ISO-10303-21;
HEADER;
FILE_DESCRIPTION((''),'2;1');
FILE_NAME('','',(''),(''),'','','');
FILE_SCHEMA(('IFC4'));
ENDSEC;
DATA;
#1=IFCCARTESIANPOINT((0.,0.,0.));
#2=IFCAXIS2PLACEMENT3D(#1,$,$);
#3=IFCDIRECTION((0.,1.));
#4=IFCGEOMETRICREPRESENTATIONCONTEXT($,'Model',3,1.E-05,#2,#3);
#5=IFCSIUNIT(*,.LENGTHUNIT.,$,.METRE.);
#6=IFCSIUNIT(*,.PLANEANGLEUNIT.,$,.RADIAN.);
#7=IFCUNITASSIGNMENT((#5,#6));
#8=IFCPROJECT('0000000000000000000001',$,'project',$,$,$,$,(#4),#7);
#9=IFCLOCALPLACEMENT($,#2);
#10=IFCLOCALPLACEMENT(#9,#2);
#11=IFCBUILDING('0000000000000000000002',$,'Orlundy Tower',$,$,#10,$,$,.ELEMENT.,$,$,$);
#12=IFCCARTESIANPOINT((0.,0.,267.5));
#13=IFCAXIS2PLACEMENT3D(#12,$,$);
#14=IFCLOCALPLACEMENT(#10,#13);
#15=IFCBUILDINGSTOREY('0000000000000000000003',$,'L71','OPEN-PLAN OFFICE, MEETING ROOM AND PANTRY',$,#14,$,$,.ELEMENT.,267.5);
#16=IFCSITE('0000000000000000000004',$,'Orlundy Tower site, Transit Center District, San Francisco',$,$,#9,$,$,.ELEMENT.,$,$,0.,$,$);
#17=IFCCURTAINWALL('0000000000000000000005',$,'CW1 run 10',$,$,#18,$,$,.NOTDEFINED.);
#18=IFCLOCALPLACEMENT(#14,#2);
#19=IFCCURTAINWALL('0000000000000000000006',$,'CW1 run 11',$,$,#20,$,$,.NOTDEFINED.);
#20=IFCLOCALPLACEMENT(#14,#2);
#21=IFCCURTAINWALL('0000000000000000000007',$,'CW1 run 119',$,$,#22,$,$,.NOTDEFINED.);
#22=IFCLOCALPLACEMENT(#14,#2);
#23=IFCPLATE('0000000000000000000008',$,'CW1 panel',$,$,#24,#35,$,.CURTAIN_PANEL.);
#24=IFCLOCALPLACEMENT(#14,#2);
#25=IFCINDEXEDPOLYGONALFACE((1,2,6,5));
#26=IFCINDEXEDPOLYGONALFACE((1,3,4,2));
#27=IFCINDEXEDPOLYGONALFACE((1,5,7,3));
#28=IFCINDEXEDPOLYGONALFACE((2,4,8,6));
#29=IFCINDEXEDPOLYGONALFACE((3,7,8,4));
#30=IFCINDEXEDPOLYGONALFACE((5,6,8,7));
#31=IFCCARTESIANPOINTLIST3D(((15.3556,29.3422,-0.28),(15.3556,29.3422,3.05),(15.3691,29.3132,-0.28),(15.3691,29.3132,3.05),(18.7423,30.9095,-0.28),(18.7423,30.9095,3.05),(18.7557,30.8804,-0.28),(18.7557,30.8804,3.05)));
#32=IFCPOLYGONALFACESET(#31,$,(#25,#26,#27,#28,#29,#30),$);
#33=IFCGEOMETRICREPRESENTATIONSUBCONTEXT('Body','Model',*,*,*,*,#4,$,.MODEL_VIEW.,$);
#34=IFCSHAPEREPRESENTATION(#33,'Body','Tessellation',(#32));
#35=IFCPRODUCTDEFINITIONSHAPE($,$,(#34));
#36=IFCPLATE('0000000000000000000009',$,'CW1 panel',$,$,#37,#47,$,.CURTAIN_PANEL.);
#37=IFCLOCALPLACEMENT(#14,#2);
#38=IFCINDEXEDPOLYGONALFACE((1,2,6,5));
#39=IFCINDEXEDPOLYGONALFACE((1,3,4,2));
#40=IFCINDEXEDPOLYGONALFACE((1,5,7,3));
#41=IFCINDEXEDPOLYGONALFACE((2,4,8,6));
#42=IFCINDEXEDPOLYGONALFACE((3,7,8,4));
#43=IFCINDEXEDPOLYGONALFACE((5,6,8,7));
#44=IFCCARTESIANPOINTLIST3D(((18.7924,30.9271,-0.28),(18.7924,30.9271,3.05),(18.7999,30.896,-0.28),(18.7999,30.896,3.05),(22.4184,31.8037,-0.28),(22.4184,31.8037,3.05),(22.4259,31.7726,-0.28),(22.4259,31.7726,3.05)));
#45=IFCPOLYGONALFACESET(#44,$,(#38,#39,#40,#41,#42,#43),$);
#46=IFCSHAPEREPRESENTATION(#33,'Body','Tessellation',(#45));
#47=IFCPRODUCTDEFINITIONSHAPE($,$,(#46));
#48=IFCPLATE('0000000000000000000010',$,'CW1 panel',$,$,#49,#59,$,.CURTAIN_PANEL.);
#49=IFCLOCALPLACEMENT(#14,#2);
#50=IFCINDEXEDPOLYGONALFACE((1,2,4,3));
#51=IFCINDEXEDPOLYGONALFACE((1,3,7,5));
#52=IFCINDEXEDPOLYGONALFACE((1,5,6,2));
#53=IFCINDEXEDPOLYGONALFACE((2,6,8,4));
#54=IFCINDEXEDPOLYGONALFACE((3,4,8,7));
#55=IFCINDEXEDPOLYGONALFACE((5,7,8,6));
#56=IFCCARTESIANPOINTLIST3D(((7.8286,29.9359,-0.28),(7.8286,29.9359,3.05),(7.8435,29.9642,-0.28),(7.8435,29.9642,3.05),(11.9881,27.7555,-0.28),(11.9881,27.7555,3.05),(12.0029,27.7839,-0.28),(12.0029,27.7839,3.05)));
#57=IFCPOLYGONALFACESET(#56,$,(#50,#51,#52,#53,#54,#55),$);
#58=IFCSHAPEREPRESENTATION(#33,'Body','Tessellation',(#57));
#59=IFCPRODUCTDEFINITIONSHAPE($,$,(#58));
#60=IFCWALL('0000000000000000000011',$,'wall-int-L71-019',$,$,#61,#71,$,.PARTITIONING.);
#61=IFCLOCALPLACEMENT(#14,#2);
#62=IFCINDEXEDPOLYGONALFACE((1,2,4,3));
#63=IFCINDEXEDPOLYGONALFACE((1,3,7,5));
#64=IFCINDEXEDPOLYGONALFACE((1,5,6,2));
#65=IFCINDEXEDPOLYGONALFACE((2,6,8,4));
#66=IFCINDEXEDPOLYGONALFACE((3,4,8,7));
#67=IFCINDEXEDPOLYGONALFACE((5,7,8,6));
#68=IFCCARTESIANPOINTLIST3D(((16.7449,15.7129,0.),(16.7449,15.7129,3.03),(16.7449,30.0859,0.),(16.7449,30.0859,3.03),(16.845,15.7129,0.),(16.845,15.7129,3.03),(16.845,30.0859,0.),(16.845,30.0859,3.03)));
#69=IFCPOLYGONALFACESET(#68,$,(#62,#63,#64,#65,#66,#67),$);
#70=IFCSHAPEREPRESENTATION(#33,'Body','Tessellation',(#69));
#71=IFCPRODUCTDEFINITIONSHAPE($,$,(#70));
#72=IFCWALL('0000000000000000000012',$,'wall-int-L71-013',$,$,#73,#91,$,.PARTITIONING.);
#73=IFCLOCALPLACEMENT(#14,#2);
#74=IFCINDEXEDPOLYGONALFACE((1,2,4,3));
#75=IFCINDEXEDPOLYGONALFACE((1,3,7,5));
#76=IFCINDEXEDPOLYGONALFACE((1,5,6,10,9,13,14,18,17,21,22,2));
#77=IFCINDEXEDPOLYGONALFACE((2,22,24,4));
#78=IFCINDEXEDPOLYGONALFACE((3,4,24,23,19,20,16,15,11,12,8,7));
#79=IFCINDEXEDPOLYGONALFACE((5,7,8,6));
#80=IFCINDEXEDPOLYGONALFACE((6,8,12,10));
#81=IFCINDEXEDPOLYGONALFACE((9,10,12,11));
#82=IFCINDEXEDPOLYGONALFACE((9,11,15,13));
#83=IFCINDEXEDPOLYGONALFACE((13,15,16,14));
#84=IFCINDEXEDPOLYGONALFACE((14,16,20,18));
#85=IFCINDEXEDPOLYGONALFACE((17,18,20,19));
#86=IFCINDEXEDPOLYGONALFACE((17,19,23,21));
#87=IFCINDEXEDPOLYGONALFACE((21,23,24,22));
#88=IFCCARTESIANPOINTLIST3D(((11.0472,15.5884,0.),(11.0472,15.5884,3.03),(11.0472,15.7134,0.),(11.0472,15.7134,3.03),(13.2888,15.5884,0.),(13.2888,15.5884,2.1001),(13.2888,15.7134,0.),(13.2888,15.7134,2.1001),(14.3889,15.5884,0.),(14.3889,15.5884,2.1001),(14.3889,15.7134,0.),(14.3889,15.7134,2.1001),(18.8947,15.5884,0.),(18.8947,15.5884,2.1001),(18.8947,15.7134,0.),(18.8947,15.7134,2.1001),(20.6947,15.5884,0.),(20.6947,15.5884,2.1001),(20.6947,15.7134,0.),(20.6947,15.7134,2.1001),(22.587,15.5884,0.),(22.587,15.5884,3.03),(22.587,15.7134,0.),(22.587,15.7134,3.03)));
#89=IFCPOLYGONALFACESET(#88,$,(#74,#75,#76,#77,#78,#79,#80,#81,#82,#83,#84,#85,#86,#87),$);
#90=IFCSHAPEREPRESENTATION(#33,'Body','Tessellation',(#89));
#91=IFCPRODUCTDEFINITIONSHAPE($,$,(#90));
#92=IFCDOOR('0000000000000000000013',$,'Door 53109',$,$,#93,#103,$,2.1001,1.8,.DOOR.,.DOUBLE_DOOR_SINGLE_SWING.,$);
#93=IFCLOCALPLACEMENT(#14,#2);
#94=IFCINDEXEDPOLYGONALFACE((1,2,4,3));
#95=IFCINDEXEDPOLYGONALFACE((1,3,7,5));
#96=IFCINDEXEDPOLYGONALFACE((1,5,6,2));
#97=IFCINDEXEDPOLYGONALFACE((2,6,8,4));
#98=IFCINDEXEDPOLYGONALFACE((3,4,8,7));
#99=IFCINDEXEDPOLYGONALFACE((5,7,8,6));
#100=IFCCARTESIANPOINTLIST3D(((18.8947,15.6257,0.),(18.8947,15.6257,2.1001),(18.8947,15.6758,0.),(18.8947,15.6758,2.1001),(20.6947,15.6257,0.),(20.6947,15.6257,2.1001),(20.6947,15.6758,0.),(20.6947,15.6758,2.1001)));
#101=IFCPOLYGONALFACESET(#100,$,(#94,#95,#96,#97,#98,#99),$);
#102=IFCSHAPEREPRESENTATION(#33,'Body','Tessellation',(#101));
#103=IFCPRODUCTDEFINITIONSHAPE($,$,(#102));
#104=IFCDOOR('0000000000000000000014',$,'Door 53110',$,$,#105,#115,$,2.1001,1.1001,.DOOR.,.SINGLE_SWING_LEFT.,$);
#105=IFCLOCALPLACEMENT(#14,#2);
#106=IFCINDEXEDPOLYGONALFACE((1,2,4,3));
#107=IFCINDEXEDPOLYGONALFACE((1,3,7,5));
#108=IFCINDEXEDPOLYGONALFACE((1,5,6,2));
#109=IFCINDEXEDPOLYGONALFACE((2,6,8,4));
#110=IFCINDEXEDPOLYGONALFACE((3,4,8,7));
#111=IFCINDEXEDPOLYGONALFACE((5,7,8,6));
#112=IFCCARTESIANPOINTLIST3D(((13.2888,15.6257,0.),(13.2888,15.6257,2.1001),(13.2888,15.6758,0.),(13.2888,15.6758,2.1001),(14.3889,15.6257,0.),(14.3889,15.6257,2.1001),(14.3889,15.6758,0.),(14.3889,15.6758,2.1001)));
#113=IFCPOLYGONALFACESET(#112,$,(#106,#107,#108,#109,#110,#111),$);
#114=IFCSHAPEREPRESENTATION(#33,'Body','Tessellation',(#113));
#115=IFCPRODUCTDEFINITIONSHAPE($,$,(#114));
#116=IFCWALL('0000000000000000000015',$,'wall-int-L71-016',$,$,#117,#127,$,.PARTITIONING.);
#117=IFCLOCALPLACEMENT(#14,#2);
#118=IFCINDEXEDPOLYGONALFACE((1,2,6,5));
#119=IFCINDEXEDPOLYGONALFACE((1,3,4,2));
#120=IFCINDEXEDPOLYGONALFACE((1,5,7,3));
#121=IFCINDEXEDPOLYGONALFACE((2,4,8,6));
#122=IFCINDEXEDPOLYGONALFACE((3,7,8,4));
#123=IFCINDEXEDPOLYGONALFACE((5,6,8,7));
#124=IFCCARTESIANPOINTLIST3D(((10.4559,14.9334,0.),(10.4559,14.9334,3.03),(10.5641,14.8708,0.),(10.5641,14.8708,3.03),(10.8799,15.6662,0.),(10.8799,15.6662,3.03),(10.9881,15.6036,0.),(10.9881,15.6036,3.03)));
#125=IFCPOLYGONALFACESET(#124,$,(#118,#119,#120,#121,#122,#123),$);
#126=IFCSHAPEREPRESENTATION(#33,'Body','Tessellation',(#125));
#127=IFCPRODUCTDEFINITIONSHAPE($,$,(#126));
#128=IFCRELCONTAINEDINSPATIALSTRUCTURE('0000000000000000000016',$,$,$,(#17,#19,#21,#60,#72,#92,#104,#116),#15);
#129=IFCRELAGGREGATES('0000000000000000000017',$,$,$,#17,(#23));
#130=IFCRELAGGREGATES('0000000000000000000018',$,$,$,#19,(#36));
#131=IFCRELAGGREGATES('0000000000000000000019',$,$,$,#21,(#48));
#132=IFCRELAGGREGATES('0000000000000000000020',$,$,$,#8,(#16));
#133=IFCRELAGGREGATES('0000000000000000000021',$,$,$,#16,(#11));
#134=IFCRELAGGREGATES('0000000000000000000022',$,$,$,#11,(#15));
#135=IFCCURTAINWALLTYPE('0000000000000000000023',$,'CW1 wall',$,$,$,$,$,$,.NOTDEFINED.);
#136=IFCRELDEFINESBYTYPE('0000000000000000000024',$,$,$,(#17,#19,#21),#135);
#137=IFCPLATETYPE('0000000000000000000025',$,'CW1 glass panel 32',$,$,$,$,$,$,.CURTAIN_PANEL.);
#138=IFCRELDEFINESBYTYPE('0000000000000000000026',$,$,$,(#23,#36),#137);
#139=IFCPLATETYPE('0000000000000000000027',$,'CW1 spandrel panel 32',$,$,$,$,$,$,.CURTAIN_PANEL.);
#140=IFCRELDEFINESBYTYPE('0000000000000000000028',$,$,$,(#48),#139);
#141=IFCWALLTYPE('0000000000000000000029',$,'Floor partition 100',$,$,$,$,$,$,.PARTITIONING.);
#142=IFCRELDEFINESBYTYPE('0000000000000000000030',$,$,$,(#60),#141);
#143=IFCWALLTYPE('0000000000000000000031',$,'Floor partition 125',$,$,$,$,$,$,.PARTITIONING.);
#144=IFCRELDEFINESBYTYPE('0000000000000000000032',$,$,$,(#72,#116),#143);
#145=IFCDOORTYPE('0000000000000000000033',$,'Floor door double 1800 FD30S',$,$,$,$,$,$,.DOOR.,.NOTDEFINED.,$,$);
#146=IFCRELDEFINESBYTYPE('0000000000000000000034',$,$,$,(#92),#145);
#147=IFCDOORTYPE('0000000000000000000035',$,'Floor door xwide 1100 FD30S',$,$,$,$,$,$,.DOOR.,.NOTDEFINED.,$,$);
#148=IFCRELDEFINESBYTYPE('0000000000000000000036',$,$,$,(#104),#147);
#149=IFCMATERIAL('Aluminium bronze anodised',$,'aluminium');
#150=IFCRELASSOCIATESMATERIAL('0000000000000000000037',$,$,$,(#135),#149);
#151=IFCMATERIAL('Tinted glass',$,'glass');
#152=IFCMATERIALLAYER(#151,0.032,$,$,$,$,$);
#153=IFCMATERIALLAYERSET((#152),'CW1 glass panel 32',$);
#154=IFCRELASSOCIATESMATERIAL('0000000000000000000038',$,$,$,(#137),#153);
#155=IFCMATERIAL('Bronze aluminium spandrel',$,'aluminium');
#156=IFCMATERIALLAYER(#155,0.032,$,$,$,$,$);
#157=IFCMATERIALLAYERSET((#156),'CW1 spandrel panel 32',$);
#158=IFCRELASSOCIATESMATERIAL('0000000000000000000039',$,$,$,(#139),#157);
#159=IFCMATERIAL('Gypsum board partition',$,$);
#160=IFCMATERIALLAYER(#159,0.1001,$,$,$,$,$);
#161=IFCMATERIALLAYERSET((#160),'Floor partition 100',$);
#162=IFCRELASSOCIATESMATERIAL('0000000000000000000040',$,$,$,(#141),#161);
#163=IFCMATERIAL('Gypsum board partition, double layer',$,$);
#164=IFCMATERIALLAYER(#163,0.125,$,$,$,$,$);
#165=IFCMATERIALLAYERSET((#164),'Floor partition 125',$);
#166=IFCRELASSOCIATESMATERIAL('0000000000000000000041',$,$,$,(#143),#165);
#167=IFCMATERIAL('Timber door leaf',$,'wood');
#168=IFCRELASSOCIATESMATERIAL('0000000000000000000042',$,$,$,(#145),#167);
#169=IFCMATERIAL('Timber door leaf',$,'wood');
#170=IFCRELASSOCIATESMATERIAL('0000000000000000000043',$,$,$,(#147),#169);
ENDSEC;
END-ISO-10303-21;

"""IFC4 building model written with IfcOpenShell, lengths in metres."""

from ifc_helpers import new_model, si_unit, direction, frame, frame_2d, origin, origin_2d, place, context, subcontext, project, spatial, rectangle, extrude, material, layer, layer_set, type_object, element, fill, aggregate, save


model = new_model("IFC4")

# Units and contexts
model_context = context("Model", 3, precision=1e-05, world=origin(), true_north=direction((0.0, 1.0)))
body_context = subcontext(model_context, "Body", "Model", "MODEL_VIEW")
ifc_project = project(units=[si_unit("LENGTHUNIT", "METRE"), si_unit("PLANEANGLEUNIT", "RADIAN")], contexts=[model_context])

# Site, building, storey
site_placement = place(None, origin())
site = spatial("IfcSite", under=ifc_project, at=site_placement, Name="Orlundy Tower site, Transit Center District, San Francisco", CompositionType="ELEMENT", RefElevation=0.0)
building_placement = place(site_placement, origin())
building = spatial("IfcBuilding", under=site, at=building_placement, Name="Orlundy Tower", CompositionType="ELEMENT")
storey_placement = place(building_placement, frame((0.0, 0.0, 267.5)))
storey = spatial("IfcBuildingStorey", under=building, at=storey_placement, Name="L71", Description="OPEN-PLAN OFFICE, MEETING ROOM AND PANTRY", CompositionType="ELEMENT", Elevation=267.5)

# Curtain wall
ifc_material_1 = material(Name="Aluminium bronze anodised", Category="aluminium")
curtain_wall_type = type_object("IfcCurtainWallType", Name="CW1 wall", PredefinedType="NOTDEFINED", material=ifc_material_1)
curtain_wall_1_placement = place(storey_placement, origin())
curtain_wall_1 = element("IfcCurtainWall", 1, at=curtain_wall_1_placement, inside=storey, type_object=curtain_wall_type, Name="CW1 run 10", PredefinedType="NOTDEFINED")

# Curtain wall
curtain_wall_2_placement = place(storey_placement, origin())
curtain_wall_2 = element("IfcCurtainWall", 2, at=curtain_wall_2_placement, inside=storey, type_object=curtain_wall_type, Name="CW1 run 11", PredefinedType="NOTDEFINED")

# Curtain wall
curtain_wall_3_placement = place(storey_placement, origin())
curtain_wall_3 = element("IfcCurtainWall", 3, at=curtain_wall_3_placement, inside=storey, type_object=curtain_wall_type, Name="CW1 run 119", PredefinedType="NOTDEFINED")

# Plates
ifc_material_2 = material(Name="Tinted glass", Category="glass")
ifc_layer_1 = layer(ifc_material_2, 0.032)
ifc_layer_set_1 = layer_set([ifc_layer_1], Name="CW1 glass panel 32")
plate_type_1 = type_object("IfcPlateType", Name="CW1 glass panel 32", PredefinedType="CURTAIN_PANEL", material=ifc_layer_set_1)
plate_1_placement = place(storey_placement, frame((17.0557, 30.1113, -0.28), z_axis=(0.0, 0.0, 1.0), x_axis=(0.907535, 0.419976, 0.0)))
plate_1 = element("IfcPlate", 4, at=plate_1_placement, type_object=plate_type_1, Name="CW1 panel", PredefinedType="CURTAIN_PANEL", context=body_context, shape_type="SweptSolid", body=[
    extrude(rectangle(XDim=3.7317, YDim=0.032, at=origin_2d()), origin(), (0.0, 0.0, 1.0), 3.3301),
])
aggregate(curtain_wall_1, [plate_1])
plate_2_placement = place(storey_placement, frame((20.6091, 31.3499, -0.28), z_axis=(0.0, 0.0, 1.0), x_axis=(0.972002, 0.234975, 0.0)))
plate_2 = element("IfcPlate", 5, at=plate_2_placement, type_object=plate_type_1, Name="CW1 panel", PredefinedType="CURTAIN_PANEL", context=body_context, shape_type="SweptSolid", body=[
    extrude(rectangle(XDim=3.7305, YDim=0.032, at=origin_2d()), origin(), (0.0, 0.0, 1.0), 3.3301),
])
aggregate(curtain_wall_2, [plate_2])
ifc_material_3 = material(Name="Bronze aluminium spandrel", Category="aluminium")
ifc_layer_2 = layer(ifc_material_3, 0.032)
ifc_layer_set_2 = layer_set([ifc_layer_2], Name="CW1 spandrel panel 32")
plate_type_2 = type_object("IfcPlateType", Name="CW1 spandrel panel 32", PredefinedType="CURTAIN_PANEL", material=ifc_layer_set_2)
plate_3_placement = place(storey_placement, frame((9.9158, 28.8599, -0.28), z_axis=(0.0, 0.0, 1.0), x_axis=(0.885697, -0.464264, 0.0)))
plate_3 = element("IfcPlate", 6, at=plate_3_placement, type_object=plate_type_2, Name="CW1 panel", PredefinedType="CURTAIN_PANEL", context=body_context, shape_type="SweptSolid", body=[
    extrude(rectangle(XDim=4.6963, YDim=0.032, at=origin_2d()), origin(), (0.0, 0.0, 1.0), 3.3301),
])
aggregate(curtain_wall_3, [plate_3])

# Wall
ifc_material_4 = material(Name="Gypsum board partition")
ifc_layer_3 = layer(ifc_material_4, 0.1001)
ifc_layer_set_3 = layer_set([ifc_layer_3], Name="Floor partition 100")
wall_type_1 = type_object("IfcWallType", Name="Floor partition 100", PredefinedType="PARTITIONING", material=ifc_layer_set_3)
wall_1_placement = place(storey_placement, frame((16.7949, 15.7129, 0.0), z_axis=(0.0, 0.0, 1.0), x_axis=(0.0, 1.0, 0.0)))
element("IfcWall", 7, at=wall_1_placement, inside=storey, type_object=wall_type_1, Name="wall-int-L71-019", PredefinedType="PARTITIONING", context=body_context, shape_type="SweptSolid", body=[
    extrude(rectangle(XDim=14.373, YDim=0.1001, at=frame_2d((7.1865, 0.0))), origin(), (0.0, 0.0, 1.0), 3.03),
])

# Wall, openings, doors
ifc_material_5 = material(Name="Gypsum board partition, double layer")
ifc_layer_4 = layer(ifc_material_5, 0.125)
ifc_layer_set_4 = layer_set([ifc_layer_4], Name="Floor partition 125")
wall_type_2 = type_object("IfcWallType", Name="Floor partition 125", PredefinedType="PARTITIONING", material=ifc_layer_set_4)
wall_2_placement = place(storey_placement, frame((11.0471, 15.6509, 0.0), z_axis=(0.0, 0.0, 1.0), x_axis=(1.0, 0.0, 0.0)))
wall_2 = element("IfcWall", 8, at=wall_2_placement, inside=storey, type_object=wall_type_2, Name="wall-int-L71-013", PredefinedType="PARTITIONING", context=body_context, shape_type="SweptSolid", body=[
    extrude(rectangle(XDim=11.5398, YDim=0.125, at=frame_2d((5.77, 0.0))), origin(), (0.0, 0.0, 1.0), 3.03),
])
opening_1_placement = place(wall_2_placement, frame((7.8477, 0.0, 0.0)))
opening_1 = element("IfcOpeningElement", 9, at=opening_1_placement, cuts=wall_2, PredefinedType="OPENING", context=body_context, shape_type="SweptSolid", body=[
    extrude(rectangle(XDim=1.8, YDim=2.1001, at=frame_2d((0.8999, 1.05))), frame((0.0, 0.0725, 0.0), z_axis=(0.0, -1.0, 0.0), x_axis=(1.0, 0.0, 0.0)), (0.0, 0.0, 1.0), 0.145),
])
opening_2_placement = place(wall_2_placement, frame((2.2417, 0.0, 0.0)))
opening_2 = element("IfcOpeningElement", 10, at=opening_2_placement, cuts=wall_2, PredefinedType="OPENING", context=body_context, shape_type="SweptSolid", body=[
    extrude(rectangle(XDim=1.1001, YDim=2.1001, at=frame_2d((0.55, 1.05))), frame((0.0, 0.0725, 0.0), z_axis=(0.0, -1.0, 0.0), x_axis=(1.0, 0.0, 0.0)), (0.0, 0.0, 1.0), 0.145),
])
ifc_material_6 = material(Name="Timber door leaf", Category="wood")
door_type_1 = type_object("IfcDoorType", Name="Floor door double 1800 FD30S", OperationType="NOTDEFINED", PredefinedType="DOOR", material=ifc_material_6)
door_1_placement = place(opening_1_placement, origin())
door_1 = element("IfcDoor", 11, at=door_1_placement, inside=storey, type_object=door_type_1, Name="Door 53109", OperationType="DOUBLE_DOOR_SINGLE_SWING", OverallHeight=2.1001, OverallWidth=1.8, PredefinedType="DOOR", context=body_context, shape_type="SweptSolid", body=[
    extrude(rectangle(XDim=1.8, YDim=2.1001, at=frame_2d((0.8999, 1.05))), frame((0.0, 0.0249, 0.0), z_axis=(0.0, -1.0, 0.0), x_axis=(1.0, 0.0, 0.0)), (0.0, 0.0, 1.0), 0.05),
])
fill(opening_1, door_1)
ifc_material_7 = material(Name="Timber door leaf", Category="wood")
door_type_2 = type_object("IfcDoorType", Name="Floor door xwide 1100 FD30S", OperationType="NOTDEFINED", PredefinedType="DOOR", material=ifc_material_7)
door_2_placement = place(opening_2_placement, origin())
door_2 = element("IfcDoor", 12, at=door_2_placement, inside=storey, type_object=door_type_2, Name="Door 53110", OperationType="SINGLE_SWING_LEFT", OverallHeight=2.1001, OverallWidth=1.1001, PredefinedType="DOOR", context=body_context, shape_type="SweptSolid", body=[
    extrude(rectangle(XDim=1.1001, YDim=2.1001, at=frame_2d((0.55, 1.05))), frame((0.0, 0.0249, 0.0), z_axis=(0.0, -1.0, 0.0), x_axis=(1.0, 0.0, 0.0)), (0.0, 0.0, 1.0), 0.05),
])
fill(opening_2, door_2)

# Wall
wall_3_placement = place(storey_placement, frame((10.51, 14.9021, 0.0), z_axis=(0.0, 0.0, 1.0), x_axis=(0.50082, 0.865551, 0.0)))
element("IfcWall", 13, at=wall_3_placement, inside=storey, type_object=wall_type_2, Name="wall-int-L71-016", PredefinedType="PARTITIONING", context=body_context, shape_type="SweptSolid", body=[
    extrude(rectangle(XDim=0.8467, YDim=0.125, at=frame_2d((0.4233, 0.0))), origin(), (0.0, 0.0, 1.0), 3.03),
])

save(model, "model.ifc")
